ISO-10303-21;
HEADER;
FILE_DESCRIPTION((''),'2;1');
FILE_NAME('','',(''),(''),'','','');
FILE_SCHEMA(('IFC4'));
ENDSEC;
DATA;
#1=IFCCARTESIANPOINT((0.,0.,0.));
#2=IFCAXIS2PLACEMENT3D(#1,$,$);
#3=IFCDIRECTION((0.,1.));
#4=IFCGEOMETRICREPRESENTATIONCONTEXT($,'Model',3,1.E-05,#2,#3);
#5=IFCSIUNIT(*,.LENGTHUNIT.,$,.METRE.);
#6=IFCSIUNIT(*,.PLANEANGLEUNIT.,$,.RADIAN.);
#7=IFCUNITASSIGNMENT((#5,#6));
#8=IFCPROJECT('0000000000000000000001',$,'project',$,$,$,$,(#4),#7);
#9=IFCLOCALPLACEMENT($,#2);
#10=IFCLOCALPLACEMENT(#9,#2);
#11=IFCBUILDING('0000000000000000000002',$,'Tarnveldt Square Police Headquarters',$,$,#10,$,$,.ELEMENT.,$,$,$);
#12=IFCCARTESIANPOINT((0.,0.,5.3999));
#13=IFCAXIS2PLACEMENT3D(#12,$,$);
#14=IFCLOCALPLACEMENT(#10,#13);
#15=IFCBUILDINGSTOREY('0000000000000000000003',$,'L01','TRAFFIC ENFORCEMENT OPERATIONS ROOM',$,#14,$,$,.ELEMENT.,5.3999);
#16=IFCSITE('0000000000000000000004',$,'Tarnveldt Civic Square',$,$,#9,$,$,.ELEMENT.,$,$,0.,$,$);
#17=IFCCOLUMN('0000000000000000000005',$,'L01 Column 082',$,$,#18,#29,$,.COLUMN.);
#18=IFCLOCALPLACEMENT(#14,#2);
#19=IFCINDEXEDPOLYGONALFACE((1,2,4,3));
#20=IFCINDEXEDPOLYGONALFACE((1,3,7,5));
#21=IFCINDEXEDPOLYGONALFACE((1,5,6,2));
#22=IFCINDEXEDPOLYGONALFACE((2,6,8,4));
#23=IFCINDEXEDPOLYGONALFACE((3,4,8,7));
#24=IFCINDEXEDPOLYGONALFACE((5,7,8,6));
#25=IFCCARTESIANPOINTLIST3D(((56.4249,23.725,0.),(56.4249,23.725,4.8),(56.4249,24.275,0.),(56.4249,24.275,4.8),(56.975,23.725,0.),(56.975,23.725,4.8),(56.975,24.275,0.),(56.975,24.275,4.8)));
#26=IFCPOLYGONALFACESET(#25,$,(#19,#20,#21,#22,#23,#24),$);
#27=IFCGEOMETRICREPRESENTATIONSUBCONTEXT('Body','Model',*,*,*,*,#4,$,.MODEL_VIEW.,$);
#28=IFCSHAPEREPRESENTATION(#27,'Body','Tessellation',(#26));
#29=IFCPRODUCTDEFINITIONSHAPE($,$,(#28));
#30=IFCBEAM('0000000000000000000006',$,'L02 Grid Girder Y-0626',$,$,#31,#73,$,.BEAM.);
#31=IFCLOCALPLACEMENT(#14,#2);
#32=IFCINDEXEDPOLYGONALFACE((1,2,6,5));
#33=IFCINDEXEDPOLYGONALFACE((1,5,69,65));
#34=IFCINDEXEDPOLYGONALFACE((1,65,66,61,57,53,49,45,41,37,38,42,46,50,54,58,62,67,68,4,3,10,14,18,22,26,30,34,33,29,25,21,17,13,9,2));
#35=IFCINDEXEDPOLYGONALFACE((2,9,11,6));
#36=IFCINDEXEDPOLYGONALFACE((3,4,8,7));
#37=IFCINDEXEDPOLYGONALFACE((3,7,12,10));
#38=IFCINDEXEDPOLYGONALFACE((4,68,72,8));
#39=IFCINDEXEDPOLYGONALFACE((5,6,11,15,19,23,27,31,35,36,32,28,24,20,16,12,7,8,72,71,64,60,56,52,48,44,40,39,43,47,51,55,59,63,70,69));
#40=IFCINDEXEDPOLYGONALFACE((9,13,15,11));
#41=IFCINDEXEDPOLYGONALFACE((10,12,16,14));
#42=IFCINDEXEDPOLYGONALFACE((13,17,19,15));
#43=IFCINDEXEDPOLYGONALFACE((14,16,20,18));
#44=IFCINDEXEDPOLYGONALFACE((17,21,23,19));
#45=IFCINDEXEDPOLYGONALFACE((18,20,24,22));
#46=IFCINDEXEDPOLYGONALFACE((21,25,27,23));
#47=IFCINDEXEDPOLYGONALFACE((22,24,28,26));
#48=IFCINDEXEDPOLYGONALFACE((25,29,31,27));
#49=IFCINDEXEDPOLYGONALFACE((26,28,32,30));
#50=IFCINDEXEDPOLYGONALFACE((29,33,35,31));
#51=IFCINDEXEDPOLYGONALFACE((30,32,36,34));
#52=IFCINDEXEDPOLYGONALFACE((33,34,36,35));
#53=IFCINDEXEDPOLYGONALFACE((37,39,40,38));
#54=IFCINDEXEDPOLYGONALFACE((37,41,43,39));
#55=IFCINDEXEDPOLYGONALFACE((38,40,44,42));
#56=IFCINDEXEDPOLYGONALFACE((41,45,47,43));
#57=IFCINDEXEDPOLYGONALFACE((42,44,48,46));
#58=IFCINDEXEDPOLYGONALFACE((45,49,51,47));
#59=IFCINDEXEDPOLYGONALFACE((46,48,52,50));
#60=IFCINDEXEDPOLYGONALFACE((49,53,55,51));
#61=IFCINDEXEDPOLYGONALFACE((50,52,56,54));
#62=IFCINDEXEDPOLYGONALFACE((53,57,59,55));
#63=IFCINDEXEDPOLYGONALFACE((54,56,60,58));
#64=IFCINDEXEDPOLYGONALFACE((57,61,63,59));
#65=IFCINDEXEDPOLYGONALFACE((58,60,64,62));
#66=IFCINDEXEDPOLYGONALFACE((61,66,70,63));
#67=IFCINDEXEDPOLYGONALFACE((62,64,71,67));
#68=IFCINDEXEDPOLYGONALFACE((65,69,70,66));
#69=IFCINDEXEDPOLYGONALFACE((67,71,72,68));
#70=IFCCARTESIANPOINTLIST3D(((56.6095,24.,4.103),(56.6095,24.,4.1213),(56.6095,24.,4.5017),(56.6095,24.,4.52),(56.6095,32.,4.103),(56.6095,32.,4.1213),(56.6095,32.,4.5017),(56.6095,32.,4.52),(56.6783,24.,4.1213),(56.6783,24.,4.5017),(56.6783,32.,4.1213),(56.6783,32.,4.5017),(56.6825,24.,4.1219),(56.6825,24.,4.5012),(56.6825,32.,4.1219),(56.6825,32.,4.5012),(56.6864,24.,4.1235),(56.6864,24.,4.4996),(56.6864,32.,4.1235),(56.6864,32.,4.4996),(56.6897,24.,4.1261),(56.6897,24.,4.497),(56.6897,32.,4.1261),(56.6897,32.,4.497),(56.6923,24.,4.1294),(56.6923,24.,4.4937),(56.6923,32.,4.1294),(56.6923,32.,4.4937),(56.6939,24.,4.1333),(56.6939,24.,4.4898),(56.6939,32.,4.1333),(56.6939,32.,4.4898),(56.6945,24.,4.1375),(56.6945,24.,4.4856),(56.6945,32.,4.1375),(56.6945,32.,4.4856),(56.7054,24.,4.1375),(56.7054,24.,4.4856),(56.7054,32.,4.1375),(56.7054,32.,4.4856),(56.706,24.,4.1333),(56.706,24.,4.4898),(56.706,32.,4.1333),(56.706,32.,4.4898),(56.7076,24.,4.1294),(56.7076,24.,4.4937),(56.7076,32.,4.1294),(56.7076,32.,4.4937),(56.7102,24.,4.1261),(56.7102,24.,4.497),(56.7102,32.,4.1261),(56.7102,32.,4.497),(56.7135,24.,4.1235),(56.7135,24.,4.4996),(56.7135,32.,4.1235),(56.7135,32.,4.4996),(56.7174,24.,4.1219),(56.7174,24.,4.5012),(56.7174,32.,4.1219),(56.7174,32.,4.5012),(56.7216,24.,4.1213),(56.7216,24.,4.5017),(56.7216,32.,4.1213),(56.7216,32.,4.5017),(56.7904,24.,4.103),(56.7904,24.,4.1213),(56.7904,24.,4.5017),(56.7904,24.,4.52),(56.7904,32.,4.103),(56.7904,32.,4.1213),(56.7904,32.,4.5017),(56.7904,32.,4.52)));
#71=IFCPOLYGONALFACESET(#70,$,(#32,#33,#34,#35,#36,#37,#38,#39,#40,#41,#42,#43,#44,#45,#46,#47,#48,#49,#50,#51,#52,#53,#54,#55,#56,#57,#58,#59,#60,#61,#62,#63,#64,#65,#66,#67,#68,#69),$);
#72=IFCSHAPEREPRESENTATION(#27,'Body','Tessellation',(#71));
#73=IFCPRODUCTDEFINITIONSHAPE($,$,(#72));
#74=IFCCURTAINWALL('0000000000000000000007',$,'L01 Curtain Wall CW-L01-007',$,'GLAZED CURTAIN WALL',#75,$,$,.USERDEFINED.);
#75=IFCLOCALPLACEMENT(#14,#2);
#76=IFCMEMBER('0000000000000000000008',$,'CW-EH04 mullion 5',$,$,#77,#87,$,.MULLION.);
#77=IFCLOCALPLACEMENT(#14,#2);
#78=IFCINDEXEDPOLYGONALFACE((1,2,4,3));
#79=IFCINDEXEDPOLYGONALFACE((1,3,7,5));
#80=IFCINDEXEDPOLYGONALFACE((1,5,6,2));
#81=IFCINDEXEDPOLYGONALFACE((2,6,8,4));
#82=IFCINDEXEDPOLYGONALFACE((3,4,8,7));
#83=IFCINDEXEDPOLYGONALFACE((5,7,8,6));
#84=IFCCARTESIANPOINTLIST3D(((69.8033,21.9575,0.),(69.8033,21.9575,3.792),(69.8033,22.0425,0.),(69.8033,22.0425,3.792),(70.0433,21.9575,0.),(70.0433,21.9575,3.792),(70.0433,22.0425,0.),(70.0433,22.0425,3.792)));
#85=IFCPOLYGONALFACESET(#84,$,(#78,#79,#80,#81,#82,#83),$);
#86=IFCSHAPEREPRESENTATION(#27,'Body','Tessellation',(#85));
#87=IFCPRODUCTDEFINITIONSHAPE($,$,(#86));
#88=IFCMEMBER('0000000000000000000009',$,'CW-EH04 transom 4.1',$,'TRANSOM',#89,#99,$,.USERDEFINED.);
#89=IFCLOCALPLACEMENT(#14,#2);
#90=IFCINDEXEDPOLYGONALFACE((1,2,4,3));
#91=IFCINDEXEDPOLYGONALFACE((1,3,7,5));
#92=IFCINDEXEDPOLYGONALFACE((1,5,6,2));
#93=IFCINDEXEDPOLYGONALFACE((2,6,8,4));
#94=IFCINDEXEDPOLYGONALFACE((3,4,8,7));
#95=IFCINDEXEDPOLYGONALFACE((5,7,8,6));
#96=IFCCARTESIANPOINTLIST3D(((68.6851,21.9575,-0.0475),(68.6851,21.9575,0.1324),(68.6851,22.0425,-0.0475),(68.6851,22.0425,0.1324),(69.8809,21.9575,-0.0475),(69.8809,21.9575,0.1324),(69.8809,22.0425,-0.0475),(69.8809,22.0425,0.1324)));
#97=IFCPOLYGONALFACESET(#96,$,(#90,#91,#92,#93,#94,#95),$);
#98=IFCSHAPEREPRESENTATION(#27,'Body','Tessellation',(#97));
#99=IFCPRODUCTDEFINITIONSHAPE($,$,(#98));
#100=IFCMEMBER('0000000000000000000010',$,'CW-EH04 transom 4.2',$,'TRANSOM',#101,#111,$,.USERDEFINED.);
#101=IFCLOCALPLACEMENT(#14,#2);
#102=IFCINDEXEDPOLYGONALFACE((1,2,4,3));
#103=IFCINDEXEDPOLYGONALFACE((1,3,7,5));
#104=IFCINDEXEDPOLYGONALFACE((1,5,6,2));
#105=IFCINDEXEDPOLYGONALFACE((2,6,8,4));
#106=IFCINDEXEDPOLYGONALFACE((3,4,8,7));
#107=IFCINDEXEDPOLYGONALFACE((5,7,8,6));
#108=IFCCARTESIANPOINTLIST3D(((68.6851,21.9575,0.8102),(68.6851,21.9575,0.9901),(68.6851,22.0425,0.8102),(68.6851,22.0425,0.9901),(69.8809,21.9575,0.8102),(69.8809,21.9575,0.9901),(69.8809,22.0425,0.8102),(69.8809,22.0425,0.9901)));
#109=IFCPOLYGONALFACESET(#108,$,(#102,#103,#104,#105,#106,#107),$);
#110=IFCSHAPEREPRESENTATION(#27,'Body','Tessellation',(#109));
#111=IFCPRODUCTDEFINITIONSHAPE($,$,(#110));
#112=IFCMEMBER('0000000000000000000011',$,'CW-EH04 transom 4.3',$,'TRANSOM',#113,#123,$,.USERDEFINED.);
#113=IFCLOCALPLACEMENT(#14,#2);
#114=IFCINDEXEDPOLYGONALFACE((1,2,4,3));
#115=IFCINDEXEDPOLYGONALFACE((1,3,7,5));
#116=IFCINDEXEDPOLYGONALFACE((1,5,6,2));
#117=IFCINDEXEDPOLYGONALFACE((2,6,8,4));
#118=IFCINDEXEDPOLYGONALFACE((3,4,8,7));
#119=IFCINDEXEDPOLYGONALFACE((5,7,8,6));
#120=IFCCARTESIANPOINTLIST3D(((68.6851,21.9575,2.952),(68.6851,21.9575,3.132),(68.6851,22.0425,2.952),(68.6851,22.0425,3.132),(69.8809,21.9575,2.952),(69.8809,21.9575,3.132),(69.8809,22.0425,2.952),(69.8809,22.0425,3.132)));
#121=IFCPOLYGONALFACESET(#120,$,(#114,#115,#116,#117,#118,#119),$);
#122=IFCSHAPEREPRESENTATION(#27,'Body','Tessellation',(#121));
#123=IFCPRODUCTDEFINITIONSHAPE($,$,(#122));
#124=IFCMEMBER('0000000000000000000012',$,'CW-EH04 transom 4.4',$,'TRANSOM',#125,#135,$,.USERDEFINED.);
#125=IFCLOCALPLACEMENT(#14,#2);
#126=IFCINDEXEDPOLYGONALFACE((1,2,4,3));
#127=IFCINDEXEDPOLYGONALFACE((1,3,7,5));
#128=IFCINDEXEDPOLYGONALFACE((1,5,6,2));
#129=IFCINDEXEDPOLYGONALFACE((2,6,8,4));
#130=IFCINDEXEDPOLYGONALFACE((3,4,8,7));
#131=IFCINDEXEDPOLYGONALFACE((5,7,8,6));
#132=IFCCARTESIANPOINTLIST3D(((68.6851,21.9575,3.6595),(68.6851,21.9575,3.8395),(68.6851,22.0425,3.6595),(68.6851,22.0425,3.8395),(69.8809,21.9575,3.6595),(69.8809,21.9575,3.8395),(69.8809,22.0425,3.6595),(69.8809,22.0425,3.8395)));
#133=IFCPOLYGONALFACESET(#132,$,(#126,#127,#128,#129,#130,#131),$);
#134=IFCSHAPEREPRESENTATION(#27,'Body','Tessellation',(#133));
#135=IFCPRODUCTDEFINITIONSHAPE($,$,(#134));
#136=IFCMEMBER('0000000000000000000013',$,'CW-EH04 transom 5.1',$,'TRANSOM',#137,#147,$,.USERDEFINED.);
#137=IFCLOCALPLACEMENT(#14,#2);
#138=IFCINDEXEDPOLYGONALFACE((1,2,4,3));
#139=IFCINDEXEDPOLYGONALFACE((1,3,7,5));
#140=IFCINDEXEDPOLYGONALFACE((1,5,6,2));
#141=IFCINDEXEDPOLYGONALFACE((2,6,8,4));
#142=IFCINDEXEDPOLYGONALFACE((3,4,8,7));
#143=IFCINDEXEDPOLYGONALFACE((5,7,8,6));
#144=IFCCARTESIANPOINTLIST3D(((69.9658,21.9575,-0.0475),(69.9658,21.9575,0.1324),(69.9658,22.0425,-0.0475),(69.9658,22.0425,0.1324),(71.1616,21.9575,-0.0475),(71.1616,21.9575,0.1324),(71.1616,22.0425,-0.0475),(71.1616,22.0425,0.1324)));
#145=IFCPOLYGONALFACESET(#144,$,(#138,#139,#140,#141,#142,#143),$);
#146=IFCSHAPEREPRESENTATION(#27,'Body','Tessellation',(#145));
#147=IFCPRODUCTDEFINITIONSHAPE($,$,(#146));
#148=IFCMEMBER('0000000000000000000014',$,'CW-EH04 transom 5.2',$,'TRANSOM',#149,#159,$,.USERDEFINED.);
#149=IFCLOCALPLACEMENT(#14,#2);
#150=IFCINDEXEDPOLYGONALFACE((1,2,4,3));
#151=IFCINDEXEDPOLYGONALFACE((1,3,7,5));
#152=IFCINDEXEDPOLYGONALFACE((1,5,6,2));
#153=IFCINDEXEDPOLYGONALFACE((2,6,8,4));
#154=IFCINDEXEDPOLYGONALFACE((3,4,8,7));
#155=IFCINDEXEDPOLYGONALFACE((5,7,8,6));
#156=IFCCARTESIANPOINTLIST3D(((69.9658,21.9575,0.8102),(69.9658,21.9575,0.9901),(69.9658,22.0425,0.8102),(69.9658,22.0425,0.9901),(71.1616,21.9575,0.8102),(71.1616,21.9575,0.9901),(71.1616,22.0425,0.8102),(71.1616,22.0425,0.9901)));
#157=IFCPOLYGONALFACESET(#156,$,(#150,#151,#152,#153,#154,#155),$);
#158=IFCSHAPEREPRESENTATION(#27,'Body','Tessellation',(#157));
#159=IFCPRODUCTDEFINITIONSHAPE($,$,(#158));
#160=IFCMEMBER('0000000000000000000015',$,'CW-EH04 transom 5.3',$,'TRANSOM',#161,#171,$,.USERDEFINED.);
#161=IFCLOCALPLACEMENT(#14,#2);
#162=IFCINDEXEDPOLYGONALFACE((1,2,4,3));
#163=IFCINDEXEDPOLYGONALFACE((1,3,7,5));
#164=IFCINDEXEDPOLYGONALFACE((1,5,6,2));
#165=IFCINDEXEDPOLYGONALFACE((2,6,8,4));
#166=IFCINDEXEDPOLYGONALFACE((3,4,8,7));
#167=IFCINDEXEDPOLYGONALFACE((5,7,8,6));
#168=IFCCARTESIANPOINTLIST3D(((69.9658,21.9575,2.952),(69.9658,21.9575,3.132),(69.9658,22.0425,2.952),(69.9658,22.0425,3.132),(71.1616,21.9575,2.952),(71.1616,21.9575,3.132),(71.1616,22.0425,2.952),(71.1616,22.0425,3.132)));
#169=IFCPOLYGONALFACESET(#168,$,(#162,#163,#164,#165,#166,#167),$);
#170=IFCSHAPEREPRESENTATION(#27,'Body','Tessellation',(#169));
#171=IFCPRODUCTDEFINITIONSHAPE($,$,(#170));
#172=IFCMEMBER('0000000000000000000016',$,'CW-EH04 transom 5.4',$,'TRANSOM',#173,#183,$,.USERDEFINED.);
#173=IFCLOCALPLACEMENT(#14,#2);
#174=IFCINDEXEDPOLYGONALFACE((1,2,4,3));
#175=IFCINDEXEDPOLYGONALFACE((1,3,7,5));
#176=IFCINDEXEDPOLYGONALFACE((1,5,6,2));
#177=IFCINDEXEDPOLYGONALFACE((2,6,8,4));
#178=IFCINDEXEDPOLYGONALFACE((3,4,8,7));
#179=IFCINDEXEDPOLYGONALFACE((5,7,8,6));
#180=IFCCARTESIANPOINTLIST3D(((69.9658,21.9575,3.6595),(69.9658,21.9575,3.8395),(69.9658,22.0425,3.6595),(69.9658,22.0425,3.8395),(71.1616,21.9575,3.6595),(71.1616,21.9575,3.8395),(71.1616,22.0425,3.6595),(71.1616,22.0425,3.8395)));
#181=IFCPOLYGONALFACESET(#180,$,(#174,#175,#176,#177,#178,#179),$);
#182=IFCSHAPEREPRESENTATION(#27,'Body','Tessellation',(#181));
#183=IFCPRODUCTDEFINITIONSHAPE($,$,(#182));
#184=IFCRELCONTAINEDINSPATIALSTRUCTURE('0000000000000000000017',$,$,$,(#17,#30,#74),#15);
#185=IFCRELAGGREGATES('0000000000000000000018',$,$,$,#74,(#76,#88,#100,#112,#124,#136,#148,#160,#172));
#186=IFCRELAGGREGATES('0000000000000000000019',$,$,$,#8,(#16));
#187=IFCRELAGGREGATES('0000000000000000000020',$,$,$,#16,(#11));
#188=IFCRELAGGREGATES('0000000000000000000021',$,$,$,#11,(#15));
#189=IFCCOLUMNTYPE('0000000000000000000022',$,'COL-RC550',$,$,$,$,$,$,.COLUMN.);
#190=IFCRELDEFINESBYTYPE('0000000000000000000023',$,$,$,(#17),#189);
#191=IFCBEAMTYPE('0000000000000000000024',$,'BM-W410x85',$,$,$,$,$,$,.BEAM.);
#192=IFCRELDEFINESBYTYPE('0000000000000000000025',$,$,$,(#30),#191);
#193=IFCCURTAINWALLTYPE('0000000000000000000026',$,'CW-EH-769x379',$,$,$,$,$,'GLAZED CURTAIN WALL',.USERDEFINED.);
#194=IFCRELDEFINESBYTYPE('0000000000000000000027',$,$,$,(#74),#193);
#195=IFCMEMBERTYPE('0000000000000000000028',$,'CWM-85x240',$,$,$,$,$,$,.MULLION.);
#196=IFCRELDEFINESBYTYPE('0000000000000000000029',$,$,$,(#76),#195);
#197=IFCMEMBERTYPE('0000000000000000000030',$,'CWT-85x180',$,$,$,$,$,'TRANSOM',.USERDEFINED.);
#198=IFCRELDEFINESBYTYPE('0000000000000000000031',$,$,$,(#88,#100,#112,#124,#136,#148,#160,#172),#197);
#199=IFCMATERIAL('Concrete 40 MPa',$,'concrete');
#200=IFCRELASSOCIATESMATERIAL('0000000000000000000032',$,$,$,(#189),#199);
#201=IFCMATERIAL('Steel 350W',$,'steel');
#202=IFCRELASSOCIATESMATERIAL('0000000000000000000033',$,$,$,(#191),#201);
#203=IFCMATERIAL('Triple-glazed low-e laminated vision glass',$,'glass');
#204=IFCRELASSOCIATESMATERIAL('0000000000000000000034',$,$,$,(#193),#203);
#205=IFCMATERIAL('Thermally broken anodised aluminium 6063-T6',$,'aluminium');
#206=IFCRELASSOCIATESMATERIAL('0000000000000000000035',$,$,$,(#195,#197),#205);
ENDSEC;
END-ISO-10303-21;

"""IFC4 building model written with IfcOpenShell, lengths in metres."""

from ifc_helpers import new_model, si_unit, direction, frame, origin, origin_2d, place, context, subcontext, project, spatial, rectangle, i_section, extrude, material, material_profile, profile_set, type_object, element, aggregate, save


model = new_model("IFC4")

# Units and contexts
model_context = context("Model", 3, precision=1e-05, world=origin(), true_north=direction((0.0, 1.0)))
body_context = subcontext(model_context, "Body", "Model", "MODEL_VIEW")
ifc_project = project(units=[si_unit("LENGTHUNIT", "METRE"), si_unit("PLANEANGLEUNIT", "RADIAN")], contexts=[model_context])

# Site, building, storey
site_placement = place(None, origin())
site = spatial("IfcSite", under=ifc_project, at=site_placement, Name="Tarnveldt Civic Square", CompositionType="ELEMENT", RefElevation=0.0)
building_placement = place(site_placement, origin())
building = spatial("IfcBuilding", under=site, at=building_placement, Name="Tarnveldt Square Police Headquarters", CompositionType="ELEMENT")
storey_placement = place(building_placement, frame((0.0, 0.0, 5.3999)))
storey = spatial("IfcBuildingStorey", under=building, at=storey_placement, Name="L01", Description="TRAFFIC ENFORCEMENT OPERATIONS ROOM", CompositionType="ELEMENT", Elevation=5.3999)

# Column
ifc_material_1 = material(Name="Concrete 40 MPa", Category="concrete")
ifc_material_profile_1 = material_profile(ifc_material_1, rectangle(XDim=0.55, YDim=0.55, at=origin_2d()), Name="RC-C550x550")
ifc_profile_set_1 = profile_set([ifc_material_profile_1], Name="Concrete 40 MPa")
column_type = type_object("IfcColumnType", Name="COL-RC550", PredefinedType="COLUMN", material=ifc_profile_set_1)
column_placement = place(storey_placement, frame((56.7, 24.0, 0.0), z_axis=(0.0, 0.0, 1.0), x_axis=(1.0, 0.0, 0.0)))
element("IfcColumn", 1, at=column_placement, inside=storey, type_object=column_type, Name="L01 Column 082", PredefinedType="COLUMN", context=body_context, shape_type="SweptSolid", body=[
    extrude(rectangle(XDim=0.55, YDim=0.55, at=origin_2d()), origin(), (0.0, 0.0, 1.0), 4.8),
])

# Beam
ifc_material_2 = material(Name="Steel 350W", Category="steel")
ifc_material_profile_2 = material_profile(ifc_material_2, i_section(OverallWidth=0.1809, OverallDepth=0.417, WebThickness=0.011, FlangeThickness=0.0183, FilletRadius=0.0161, at=origin_2d()), Name="W410x85")
ifc_profile_set_2 = profile_set([ifc_material_profile_2], Name="Steel 350W")
beam_type = type_object("IfcBeamType", Name="BM-W410x85", PredefinedType="BEAM", material=ifc_profile_set_2)
beam_placement = place(storey_placement, frame((56.7, 24.0, 4.3115), z_axis=(0.0, 1.0, 0.0), x_axis=(-1.0, 0.0, 0.0)))
element("IfcBeam", 2, at=beam_placement, inside=storey, type_object=beam_type, Name="L02 Grid Girder Y-0626", PredefinedType="BEAM", context=body_context, shape_type="SweptSolid", body=[
    extrude(i_section(OverallWidth=0.1809, OverallDepth=0.417, WebThickness=0.011, FlangeThickness=0.0183, FilletRadius=0.0161, at=origin_2d()), origin(), (0.0, 0.0, 1.0), 8.0),
])

# Curtain wall, members
ifc_material_3 = material(Name="Triple-glazed low-e laminated vision glass", Category="glass")
curtain_wall_type = type_object("IfcCurtainWallType", Name="CW-EH-769x379", ElementType="GLAZED CURTAIN WALL", PredefinedType="USERDEFINED", material=ifc_material_3)
curtain_wall_placement = place(storey_placement, origin())
curtain_wall = element("IfcCurtainWall", 3, at=curtain_wall_placement, inside=storey, type_object=curtain_wall_type, Name="L01 Curtain Wall CW-L01-007", ObjectType="GLAZED CURTAIN WALL", PredefinedType="USERDEFINED")
ifc_material_4 = material(Name="Thermally broken anodised aluminium 6063-T6", Category="aluminium")
ifc_material_profile_3 = material_profile(ifc_material_4, rectangle(XDim=0.085, YDim=0.24, at=origin_2d()), Name="CW-M85x240")
ifc_profile_set_3 = profile_set([ifc_material_profile_3], Name="Thermally broken anodised aluminium 6063-T6")
member_type_1 = type_object("IfcMemberType", Name="CWM-85x240", PredefinedType="MULLION", material=ifc_profile_set_3)
member_1_placement = place(storey_placement, frame((69.9233, 22.0, 0.0), z_axis=(0.0, 0.0, 1.0), x_axis=(0.0, 1.0, 0.0)))
member_1 = element("IfcMember", 4, at=member_1_placement, type_object=member_type_1, Name="CW-EH04 mullion 5", PredefinedType="MULLION", context=body_context, shape_type="SweptSolid", body=[
    extrude(rectangle(XDim=0.085, YDim=0.24, at=origin_2d()), origin(), (0.0, 0.0, 1.0), 3.792),
])
ifc_material_profile_4 = material_profile(ifc_material_4, rectangle(XDim=0.085, YDim=0.1799, at=origin_2d()), Name="CW-T85x180")
ifc_profile_set_4 = profile_set([ifc_material_profile_4], Name="Thermally broken anodised aluminium 6063-T6")
member_type_2 = type_object("IfcMemberType", Name="CWT-85x180", ElementType="TRANSOM", PredefinedType="USERDEFINED", material=ifc_profile_set_4)
member_2_placement = place(storey_placement, frame((68.6851, 22.0, 0.0425), z_axis=(1.0, 0.0, 0.0), x_axis=(0.0, 1.0, 0.0)))
member_2 = element("IfcMember", 5, at=member_2_placement, type_object=member_type_2, Name="CW-EH04 transom 4.1", ObjectType="TRANSOM", PredefinedType="USERDEFINED", context=body_context, shape_type="SweptSolid", body=[
    extrude(rectangle(XDim=0.085, YDim=0.1799, at=origin_2d()), origin(), (0.0, 0.0, 1.0), 1.1958),
])
member_3_placement = place(storey_placement, frame((68.6851, 22.0, 0.9001), z_axis=(1.0, 0.0, 0.0), x_axis=(0.0, 1.0, 0.0)))
member_3 = element("IfcMember", 6, at=member_3_placement, type_object=member_type_2, Name="CW-EH04 transom 4.2", ObjectType="TRANSOM", PredefinedType="USERDEFINED", context=body_context, shape_type="SweptSolid", body=[
    extrude(rectangle(XDim=0.085, YDim=0.1799, at=origin_2d()), origin(), (0.0, 0.0, 1.0), 1.1958),
])
member_4_placement = place(storey_placement, frame((68.6851, 22.0, 3.042), z_axis=(1.0, 0.0, 0.0), x_axis=(0.0, 1.0, 0.0)))
member_4 = element("IfcMember", 7, at=member_4_placement, type_object=member_type_2, Name="CW-EH04 transom 4.3", ObjectType="TRANSOM", PredefinedType="USERDEFINED", context=body_context, shape_type="SweptSolid", body=[
    extrude(rectangle(XDim=0.085, YDim=0.1799, at=origin_2d()), origin(), (0.0, 0.0, 1.0), 1.1958),
])
member_5_placement = place(storey_placement, frame((68.6851, 22.0, 3.7495), z_axis=(1.0, 0.0, 0.0), x_axis=(0.0, 1.0, 0.0)))
member_5 = element("IfcMember", 8, at=member_5_placement, type_object=member_type_2, Name="CW-EH04 transom 4.4", ObjectType="TRANSOM", PredefinedType="USERDEFINED", context=body_context, shape_type="SweptSolid", body=[
    extrude(rectangle(XDim=0.085, YDim=0.1799, at=origin_2d()), origin(), (0.0, 0.0, 1.0), 1.1958),
])
member_6_placement = place(storey_placement, frame((69.9658, 22.0, 0.0425), z_axis=(1.0, 0.0, 0.0), x_axis=(0.0, 1.0, 0.0)))
member_6 = element("IfcMember", 9, at=member_6_placement, type_object=member_type_2, Name="CW-EH04 transom 5.1", ObjectType="TRANSOM", PredefinedType="USERDEFINED", context=body_context, shape_type="SweptSolid", body=[
    extrude(rectangle(XDim=0.085, YDim=0.1799, at=origin_2d()), origin(), (0.0, 0.0, 1.0), 1.1958),
])
member_7_placement = place(storey_placement, frame((69.9658, 22.0, 0.9001), z_axis=(1.0, 0.0, 0.0), x_axis=(0.0, 1.0, 0.0)))
member_7 = element("IfcMember", 10, at=member_7_placement, type_object=member_type_2, Name="CW-EH04 transom 5.2", ObjectType="TRANSOM", PredefinedType="USERDEFINED", context=body_context, shape_type="SweptSolid", body=[
    extrude(rectangle(XDim=0.085, YDim=0.1799, at=origin_2d()), origin(), (0.0, 0.0, 1.0), 1.1958),
])
member_8_placement = place(storey_placement, frame((69.9658, 22.0, 3.042), z_axis=(1.0, 0.0, 0.0), x_axis=(0.0, 1.0, 0.0)))
member_8 = element("IfcMember", 11, at=member_8_placement, type_object=member_type_2, Name="CW-EH04 transom 5.3", ObjectType="TRANSOM", PredefinedType="USERDEFINED", context=body_context, shape_type="SweptSolid", body=[
    extrude(rectangle(XDim=0.085, YDim=0.1799, at=origin_2d()), origin(), (0.0, 0.0, 1.0), 1.1958),
])
member_9_placement = place(storey_placement, frame((69.9658, 22.0, 3.7495), z_axis=(1.0, 0.0, 0.0), x_axis=(0.0, 1.0, 0.0)))
member_9 = element("IfcMember", 12, at=member_9_placement, type_object=member_type_2, Name="CW-EH04 transom 5.4", ObjectType="TRANSOM", PredefinedType="USERDEFINED", context=body_context, shape_type="SweptSolid", body=[
    extrude(rectangle(XDim=0.085, YDim=0.1799, at=origin_2d()), origin(), (0.0, 0.0, 1.0), 1.1958),
])
aggregate(curtain_wall, [member_1, member_2, member_3, member_4, member_5, member_6, member_7, member_8, member_9])

save(model, "model.ifc")
